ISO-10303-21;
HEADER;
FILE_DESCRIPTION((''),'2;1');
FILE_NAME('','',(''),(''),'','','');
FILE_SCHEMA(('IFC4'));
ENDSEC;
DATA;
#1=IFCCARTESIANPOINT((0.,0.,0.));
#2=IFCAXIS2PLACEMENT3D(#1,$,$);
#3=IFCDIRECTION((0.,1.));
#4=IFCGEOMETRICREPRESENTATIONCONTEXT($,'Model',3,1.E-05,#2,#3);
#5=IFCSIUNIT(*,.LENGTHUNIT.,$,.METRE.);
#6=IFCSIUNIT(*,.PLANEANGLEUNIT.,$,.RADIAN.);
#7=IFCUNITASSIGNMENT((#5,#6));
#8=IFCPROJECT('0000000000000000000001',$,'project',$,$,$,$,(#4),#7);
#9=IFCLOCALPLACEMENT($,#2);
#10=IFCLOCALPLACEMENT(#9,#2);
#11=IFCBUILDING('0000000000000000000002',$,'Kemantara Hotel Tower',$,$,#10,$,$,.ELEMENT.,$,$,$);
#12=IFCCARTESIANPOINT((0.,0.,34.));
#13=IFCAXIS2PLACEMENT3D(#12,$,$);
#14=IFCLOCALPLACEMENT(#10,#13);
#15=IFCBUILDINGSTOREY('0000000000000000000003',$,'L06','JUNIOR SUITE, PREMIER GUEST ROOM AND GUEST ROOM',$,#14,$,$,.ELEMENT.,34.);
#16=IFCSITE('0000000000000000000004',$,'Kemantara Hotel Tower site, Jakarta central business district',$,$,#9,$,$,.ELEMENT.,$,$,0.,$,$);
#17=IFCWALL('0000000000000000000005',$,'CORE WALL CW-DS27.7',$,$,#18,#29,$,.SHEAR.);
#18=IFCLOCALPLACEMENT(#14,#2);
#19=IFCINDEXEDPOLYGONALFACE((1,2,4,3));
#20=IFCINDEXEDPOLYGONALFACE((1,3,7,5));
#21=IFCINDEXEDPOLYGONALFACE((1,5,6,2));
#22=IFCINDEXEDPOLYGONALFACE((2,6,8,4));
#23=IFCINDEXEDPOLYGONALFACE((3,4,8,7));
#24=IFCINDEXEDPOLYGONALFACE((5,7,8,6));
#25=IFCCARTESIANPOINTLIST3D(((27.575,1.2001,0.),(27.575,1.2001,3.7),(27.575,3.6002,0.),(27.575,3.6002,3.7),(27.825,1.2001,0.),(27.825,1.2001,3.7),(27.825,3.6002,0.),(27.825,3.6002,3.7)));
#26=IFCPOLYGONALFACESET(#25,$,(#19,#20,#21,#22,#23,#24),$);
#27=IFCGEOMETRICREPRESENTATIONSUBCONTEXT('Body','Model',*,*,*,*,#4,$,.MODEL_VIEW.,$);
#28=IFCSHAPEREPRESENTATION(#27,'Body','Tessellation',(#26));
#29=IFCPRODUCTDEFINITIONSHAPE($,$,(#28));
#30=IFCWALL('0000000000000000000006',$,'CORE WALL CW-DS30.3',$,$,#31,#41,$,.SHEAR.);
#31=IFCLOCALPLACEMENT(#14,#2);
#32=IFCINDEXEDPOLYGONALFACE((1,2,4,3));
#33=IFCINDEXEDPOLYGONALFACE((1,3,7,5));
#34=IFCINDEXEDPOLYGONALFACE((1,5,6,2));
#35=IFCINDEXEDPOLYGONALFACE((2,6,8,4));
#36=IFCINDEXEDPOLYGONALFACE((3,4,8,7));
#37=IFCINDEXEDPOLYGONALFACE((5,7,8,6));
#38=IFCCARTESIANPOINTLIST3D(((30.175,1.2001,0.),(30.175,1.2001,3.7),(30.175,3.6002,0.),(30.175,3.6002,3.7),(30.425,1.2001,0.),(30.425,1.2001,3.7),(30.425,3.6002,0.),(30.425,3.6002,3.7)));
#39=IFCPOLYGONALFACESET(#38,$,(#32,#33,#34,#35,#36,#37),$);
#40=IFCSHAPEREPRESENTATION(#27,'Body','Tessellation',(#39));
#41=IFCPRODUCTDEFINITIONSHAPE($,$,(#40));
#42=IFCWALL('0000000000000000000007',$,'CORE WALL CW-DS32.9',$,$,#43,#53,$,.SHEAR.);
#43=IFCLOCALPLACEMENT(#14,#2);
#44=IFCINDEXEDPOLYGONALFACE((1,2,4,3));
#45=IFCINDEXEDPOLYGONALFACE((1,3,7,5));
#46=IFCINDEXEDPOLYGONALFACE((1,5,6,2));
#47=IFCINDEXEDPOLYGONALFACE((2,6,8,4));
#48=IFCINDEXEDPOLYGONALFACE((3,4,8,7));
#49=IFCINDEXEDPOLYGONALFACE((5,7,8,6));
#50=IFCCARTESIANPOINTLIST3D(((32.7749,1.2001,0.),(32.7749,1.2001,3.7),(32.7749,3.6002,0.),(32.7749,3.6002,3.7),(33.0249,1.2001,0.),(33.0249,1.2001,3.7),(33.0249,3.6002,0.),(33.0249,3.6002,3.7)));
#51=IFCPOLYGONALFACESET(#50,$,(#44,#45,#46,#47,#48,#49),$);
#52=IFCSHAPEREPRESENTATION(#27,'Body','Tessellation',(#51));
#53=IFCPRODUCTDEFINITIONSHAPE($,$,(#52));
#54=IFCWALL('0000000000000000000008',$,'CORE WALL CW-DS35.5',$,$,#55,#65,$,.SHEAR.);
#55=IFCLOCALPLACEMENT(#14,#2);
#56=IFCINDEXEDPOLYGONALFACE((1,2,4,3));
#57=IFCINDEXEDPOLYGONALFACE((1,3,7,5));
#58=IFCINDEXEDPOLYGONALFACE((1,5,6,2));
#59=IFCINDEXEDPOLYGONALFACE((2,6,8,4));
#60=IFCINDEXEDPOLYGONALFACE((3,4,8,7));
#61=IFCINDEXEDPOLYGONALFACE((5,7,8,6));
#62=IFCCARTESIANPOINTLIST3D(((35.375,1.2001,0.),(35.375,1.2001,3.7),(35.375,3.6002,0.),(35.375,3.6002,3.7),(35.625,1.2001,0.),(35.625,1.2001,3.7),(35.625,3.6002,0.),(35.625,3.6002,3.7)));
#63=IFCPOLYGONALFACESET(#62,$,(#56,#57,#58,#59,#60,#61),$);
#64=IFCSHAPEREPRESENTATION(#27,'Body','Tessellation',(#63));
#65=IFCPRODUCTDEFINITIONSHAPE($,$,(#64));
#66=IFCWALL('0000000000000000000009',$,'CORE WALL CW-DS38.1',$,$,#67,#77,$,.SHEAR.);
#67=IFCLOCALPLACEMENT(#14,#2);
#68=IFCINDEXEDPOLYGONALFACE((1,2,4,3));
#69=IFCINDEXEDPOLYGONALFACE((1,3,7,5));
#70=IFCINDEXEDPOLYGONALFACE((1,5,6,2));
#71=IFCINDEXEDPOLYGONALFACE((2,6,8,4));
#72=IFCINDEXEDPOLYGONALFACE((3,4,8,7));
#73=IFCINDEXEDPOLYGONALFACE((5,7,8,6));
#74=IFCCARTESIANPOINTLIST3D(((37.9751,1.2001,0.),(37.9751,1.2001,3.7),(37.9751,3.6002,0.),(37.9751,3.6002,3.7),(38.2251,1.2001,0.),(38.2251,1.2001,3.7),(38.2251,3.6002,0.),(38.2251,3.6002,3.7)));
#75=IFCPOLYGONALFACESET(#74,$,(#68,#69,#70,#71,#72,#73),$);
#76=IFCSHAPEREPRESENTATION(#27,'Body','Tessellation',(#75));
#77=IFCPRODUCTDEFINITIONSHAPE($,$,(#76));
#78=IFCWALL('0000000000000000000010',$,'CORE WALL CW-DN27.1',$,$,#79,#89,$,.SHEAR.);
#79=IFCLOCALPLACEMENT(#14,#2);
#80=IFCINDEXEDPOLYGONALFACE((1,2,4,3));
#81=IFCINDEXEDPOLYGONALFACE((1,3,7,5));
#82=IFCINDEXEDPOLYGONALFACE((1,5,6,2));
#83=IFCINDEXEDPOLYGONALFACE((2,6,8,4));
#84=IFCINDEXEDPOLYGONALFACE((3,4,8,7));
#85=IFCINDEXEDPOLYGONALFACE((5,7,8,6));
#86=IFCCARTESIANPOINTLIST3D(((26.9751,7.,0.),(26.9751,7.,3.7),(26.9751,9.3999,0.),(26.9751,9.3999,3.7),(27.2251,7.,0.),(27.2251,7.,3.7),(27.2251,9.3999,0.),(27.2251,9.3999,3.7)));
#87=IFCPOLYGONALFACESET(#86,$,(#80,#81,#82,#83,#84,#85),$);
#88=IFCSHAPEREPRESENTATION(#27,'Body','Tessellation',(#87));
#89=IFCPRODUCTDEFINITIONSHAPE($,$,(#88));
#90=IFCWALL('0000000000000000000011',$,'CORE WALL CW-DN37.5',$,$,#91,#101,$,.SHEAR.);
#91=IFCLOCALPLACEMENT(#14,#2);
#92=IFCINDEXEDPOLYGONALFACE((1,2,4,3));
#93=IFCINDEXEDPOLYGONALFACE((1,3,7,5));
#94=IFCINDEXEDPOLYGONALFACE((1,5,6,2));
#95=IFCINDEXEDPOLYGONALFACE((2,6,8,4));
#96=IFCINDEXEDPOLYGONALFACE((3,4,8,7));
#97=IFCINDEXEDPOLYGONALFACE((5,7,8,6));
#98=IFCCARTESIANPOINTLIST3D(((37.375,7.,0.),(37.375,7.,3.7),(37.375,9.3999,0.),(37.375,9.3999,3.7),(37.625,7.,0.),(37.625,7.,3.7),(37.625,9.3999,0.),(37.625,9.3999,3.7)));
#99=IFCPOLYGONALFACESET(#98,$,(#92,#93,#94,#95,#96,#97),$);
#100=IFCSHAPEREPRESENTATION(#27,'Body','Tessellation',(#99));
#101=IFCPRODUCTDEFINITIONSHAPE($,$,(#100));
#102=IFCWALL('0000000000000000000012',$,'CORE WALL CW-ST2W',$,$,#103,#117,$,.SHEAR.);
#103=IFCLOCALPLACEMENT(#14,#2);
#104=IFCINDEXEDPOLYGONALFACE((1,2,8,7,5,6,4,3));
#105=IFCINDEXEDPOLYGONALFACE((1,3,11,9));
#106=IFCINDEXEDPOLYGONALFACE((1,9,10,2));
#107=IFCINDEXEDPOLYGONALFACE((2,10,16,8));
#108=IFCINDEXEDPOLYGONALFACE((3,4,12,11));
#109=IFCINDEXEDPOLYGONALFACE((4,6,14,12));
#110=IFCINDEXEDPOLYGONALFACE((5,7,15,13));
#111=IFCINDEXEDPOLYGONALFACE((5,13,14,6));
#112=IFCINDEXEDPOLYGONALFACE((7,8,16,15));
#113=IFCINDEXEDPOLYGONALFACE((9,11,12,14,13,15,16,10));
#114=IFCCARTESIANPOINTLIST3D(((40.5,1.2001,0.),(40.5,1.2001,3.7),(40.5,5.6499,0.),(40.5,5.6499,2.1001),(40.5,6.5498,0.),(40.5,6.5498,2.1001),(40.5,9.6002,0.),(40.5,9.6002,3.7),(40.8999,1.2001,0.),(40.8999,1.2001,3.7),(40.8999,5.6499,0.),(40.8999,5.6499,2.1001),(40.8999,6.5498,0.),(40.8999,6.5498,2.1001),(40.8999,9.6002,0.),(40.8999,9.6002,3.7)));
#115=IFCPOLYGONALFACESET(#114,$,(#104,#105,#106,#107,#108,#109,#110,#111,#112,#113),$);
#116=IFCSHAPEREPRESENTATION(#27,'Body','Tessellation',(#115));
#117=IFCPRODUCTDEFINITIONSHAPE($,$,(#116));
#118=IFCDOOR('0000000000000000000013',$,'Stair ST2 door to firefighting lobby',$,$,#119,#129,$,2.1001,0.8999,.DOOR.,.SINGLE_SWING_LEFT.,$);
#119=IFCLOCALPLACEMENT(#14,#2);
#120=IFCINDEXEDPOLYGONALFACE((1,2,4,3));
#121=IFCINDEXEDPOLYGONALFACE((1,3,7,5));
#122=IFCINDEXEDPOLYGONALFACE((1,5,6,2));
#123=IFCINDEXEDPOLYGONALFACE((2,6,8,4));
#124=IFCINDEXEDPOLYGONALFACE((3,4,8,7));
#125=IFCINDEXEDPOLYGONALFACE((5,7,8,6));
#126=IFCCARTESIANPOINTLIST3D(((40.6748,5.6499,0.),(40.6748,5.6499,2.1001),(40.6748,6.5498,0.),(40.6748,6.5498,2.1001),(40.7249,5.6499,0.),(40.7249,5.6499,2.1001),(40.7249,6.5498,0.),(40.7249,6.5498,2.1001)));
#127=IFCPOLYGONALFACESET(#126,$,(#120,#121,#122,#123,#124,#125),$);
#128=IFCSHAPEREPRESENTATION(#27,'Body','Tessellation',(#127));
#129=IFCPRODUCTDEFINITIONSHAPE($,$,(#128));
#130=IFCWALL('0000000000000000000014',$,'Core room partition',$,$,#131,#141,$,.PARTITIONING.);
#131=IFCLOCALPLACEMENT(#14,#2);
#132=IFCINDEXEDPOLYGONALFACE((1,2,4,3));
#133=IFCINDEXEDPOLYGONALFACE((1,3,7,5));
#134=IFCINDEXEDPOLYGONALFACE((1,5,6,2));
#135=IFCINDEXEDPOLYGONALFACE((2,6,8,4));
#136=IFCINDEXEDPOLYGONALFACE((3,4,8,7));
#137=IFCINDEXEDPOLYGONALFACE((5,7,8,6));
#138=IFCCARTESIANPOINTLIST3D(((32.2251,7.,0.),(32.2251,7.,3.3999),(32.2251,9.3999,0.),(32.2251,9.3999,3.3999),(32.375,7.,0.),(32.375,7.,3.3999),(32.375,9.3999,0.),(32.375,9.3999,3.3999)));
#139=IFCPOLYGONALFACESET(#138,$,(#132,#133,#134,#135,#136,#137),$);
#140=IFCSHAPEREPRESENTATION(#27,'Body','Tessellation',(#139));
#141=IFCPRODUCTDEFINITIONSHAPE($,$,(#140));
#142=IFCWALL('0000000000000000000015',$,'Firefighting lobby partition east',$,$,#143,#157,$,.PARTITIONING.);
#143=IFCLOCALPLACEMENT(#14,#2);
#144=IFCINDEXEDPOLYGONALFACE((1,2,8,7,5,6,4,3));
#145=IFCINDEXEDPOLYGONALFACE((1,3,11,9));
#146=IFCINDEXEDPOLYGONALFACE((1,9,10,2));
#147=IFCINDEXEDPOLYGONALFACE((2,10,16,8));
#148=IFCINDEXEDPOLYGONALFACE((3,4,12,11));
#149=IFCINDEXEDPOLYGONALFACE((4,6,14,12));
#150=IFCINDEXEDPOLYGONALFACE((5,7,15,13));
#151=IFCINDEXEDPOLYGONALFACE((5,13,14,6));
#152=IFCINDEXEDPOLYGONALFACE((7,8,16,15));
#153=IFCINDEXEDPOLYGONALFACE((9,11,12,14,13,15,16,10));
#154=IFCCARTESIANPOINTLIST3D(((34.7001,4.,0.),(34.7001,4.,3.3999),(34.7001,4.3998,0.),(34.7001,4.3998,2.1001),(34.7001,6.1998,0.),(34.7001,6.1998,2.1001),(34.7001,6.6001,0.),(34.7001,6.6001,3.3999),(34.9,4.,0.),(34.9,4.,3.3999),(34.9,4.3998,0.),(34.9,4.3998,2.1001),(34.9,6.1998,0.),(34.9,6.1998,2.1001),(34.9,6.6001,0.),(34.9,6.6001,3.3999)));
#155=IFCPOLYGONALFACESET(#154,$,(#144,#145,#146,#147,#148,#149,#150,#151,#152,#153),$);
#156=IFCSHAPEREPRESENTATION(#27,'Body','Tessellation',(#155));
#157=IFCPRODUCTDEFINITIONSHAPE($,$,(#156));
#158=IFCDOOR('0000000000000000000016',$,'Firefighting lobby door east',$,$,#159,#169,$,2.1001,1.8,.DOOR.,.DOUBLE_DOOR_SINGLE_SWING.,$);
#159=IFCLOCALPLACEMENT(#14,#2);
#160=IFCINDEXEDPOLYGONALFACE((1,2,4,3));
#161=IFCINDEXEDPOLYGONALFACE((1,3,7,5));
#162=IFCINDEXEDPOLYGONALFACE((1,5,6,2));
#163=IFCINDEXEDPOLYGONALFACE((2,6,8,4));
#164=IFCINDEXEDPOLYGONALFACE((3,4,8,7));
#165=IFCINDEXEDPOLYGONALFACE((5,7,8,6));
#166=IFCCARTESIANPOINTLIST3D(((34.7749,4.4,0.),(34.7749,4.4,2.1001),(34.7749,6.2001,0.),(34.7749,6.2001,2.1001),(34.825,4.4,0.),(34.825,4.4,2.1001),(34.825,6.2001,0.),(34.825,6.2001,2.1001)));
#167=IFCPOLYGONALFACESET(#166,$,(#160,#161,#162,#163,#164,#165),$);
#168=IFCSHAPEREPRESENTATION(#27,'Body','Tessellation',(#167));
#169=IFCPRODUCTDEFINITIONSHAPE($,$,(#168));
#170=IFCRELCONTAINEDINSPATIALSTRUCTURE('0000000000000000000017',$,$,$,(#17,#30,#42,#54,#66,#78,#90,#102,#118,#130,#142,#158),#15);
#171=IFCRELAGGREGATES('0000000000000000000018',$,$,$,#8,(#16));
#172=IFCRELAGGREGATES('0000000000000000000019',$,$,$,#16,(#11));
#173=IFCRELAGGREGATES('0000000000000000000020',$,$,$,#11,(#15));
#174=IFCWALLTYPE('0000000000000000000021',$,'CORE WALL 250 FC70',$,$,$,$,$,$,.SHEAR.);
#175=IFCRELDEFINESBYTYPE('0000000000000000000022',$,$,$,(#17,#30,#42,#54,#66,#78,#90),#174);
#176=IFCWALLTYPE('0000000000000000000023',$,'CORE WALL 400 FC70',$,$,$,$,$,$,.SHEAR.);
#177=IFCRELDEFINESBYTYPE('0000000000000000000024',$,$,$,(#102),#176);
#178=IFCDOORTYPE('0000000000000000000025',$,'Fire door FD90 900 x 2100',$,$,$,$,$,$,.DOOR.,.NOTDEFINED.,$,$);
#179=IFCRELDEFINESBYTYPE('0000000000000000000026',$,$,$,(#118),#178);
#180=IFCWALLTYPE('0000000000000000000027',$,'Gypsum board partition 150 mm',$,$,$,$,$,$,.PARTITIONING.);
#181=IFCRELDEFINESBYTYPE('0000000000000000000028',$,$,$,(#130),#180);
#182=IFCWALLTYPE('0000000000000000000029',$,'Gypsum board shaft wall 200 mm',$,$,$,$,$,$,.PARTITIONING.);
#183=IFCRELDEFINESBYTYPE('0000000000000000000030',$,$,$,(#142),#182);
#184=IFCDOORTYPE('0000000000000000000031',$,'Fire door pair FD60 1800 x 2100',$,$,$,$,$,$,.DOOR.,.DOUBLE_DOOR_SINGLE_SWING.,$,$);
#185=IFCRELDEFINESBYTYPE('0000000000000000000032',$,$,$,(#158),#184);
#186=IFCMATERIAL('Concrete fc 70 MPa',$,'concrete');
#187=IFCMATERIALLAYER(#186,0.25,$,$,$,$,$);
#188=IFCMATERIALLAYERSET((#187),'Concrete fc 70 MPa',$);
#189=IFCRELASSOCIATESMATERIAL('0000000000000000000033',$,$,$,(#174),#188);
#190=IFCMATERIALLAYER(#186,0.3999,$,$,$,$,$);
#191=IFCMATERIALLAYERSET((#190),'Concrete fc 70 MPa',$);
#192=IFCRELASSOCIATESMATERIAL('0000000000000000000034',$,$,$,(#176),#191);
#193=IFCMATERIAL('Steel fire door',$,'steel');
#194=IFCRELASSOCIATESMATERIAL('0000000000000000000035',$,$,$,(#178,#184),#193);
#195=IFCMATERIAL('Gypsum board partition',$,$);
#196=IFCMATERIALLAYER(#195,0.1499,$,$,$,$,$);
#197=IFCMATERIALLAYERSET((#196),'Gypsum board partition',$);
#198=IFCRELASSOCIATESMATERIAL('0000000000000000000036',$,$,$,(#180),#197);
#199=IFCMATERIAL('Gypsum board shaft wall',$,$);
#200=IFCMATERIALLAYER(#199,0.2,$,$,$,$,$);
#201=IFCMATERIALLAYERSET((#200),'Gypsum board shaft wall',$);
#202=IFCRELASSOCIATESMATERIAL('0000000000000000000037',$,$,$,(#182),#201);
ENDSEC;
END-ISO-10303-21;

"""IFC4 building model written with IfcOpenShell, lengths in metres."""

from ifc_helpers import new_model, si_unit, direction, frame, frame_2d, origin, place, context, subcontext, project, spatial, rectangle, extrude, material, layer, layer_set, type_object, element, fill, save


model = new_model("IFC4")

# Units and contexts
model_context = context("Model", 3, precision=1e-05, world=origin(), true_north=direction((0.0, 1.0)))
body_context = subcontext(model_context, "Body", "Model", "MODEL_VIEW")
ifc_project = project(units=[si_unit("LENGTHUNIT", "METRE"), si_unit("PLANEANGLEUNIT", "RADIAN")], contexts=[model_context])

# Site, building, storey
site_placement = place(None, origin())
site = spatial("IfcSite", under=ifc_project, at=site_placement, Name="Kemantara Hotel Tower site, Jakarta central business district", CompositionType="ELEMENT", RefElevation=0.0)
building_placement = place(site_placement, origin())
building = spatial("IfcBuilding", under=site, at=building_placement, Name="Kemantara Hotel Tower", CompositionType="ELEMENT")
storey_placement = place(building_placement, frame((0.0, 0.0, 34.0)))
storey = spatial("IfcBuildingStorey", under=building, at=storey_placement, Name="L06", Description="JUNIOR SUITE, PREMIER GUEST ROOM AND GUEST ROOM", CompositionType="ELEMENT", Elevation=34.0)

# Walls
ifc_material_1 = material(Name="Concrete fc 70 MPa", Category="concrete")
ifc_layer_1 = layer(ifc_material_1, 0.25)
ifc_layer_set_1 = layer_set([ifc_layer_1], Name="Concrete fc 70 MPa")
wall_type_1 = type_object("IfcWallType", Name="CORE WALL 250 FC70", PredefinedType="SHEAR", material=ifc_layer_set_1)
for number, where, z_axis, x_axis, name in (
    (1, (27.7, 1.2, 0.0), (0.0, 0.0, 1.0), (0.0, 1.0, 0.0), "CORE WALL CW-DS27.7"),
    (2, (30.3, 1.2, 0.0), (0.0, 0.0, 1.0), (0.0, 1.0, 0.0), "CORE WALL CW-DS30.3"),
    (3, (32.8999, 1.2, 0.0), (0.0, 0.0, 1.0), (0.0, 1.0, 0.0), "CORE WALL CW-DS32.9"),
    (4, (35.5, 1.2, 0.0), (0.0, 0.0, 1.0), (0.0, 1.0, 0.0), "CORE WALL CW-DS35.5"),
    (5, (38.1001, 1.2, 0.0), (0.0, 0.0, 1.0), (0.0, 1.0, 0.0), "CORE WALL CW-DS38.1"),
):
    element("IfcWall", number, at=place(storey_placement, frame(where, z_axis=z_axis, x_axis=x_axis)), inside=storey, type_object=wall_type_1, Name=name, PredefinedType="SHEAR", context=body_context, shape_type="SweptSolid", body=[
        extrude(rectangle(XDim=2.4001, YDim=0.25, at=frame_2d((1.2002, 0.0))), origin(), (0.0, 0.0, 1.0), 3.7),
    ])
for number, where, z_axis, x_axis, name in (
    (6, (27.1001, 7.0, 0.0), (0.0, 0.0, 1.0), (0.0, 1.0, 0.0), "CORE WALL CW-DN27.1"),
    (7, (37.5, 7.0, 0.0), (0.0, 0.0, 1.0), (0.0, 1.0, 0.0), "CORE WALL CW-DN37.5"),
):
    element("IfcWall", number, at=place(storey_placement, frame(where, z_axis=z_axis, x_axis=x_axis)), inside=storey, type_object=wall_type_1, Name=name, PredefinedType="SHEAR", context=body_context, shape_type="SweptSolid", body=[
        extrude(rectangle(XDim=2.3999, YDim=0.25, at=frame_2d((1.2, 0.0))), origin(), (0.0, 0.0, 1.0), 3.7),
    ])

# Wall, opening, door
ifc_layer_2 = layer(ifc_material_1, 0.3999)
ifc_layer_set_2 = layer_set([ifc_layer_2], Name="Concrete fc 70 MPa")
wall_type_2 = type_object("IfcWallType", Name="CORE WALL 400 FC70", PredefinedType="SHEAR", material=ifc_layer_set_2)
wall_1_placement = place(storey_placement, frame((40.7, 1.2, 0.0), z_axis=(0.0, 0.0, 1.0), x_axis=(0.0, 1.0, 0.0)))
wall_1 = element("IfcWall", 8, at=wall_1_placement, inside=storey, type_object=wall_type_2, Name="CORE WALL CW-ST2W", PredefinedType="SHEAR", context=body_context, shape_type="SweptSolid", body=[
    extrude(rectangle(XDim=8.4001, YDim=0.3999, at=frame_2d((4.2002, 0.0))), origin(), (0.0, 0.0, 1.0), 3.7),
])
opening_1_placement = place(wall_1_placement, frame((4.45, 0.0, 0.0)))
opening_1 = element("IfcOpeningElement", 9, at=opening_1_placement, cuts=wall_1, PredefinedType="OPENING", context=body_context, shape_type="SweptSolid", body=[
    extrude(rectangle(XDim=0.8999, YDim=2.1001, at=frame_2d((0.45, 1.05))), frame((0.0, 0.21, 0.0), z_axis=(0.0, -1.0, 0.0), x_axis=(1.0, 0.0, 0.0)), (0.0, 0.0, 1.0), 0.4199),
])
ifc_material_2 = material(Name="Steel fire door", Category="steel")
door_type_1 = type_object("IfcDoorType", Name="Fire door FD90 900 x 2100", OperationType="NOTDEFINED", PredefinedType="DOOR", material=ifc_material_2)
door_1_placement = place(opening_1_placement, frame((0.8999, 0.0, 0.0), z_axis=(0.0, 0.0, 1.0), x_axis=(-1.0, 0.0, 0.0)))
door_1 = element("IfcDoor", 10, at=door_1_placement, inside=storey, type_object=door_type_1, Name="Stair ST2 door to firefighting lobby", OperationType="SINGLE_SWING_LEFT", OverallHeight=2.1001, OverallWidth=0.8999, PredefinedType="DOOR", context=body_context, shape_type="SweptSolid", body=[
    extrude(rectangle(XDim=0.8999, YDim=2.1001, at=frame_2d((0.45, 1.05))), frame((0.0, 0.0249, 0.0), z_axis=(0.0, -1.0, 0.0), x_axis=(1.0, 0.0, 0.0)), (0.0, 0.0, 1.0), 0.05),
])
fill(opening_1, door_1)

# Wall
ifc_material_3 = material(Name="Gypsum board partition")
ifc_layer_3 = layer(ifc_material_3, 0.1499)
ifc_layer_set_3 = layer_set([ifc_layer_3], Name="Gypsum board partition")
wall_type_3 = type_object("IfcWallType", Name="Gypsum board partition 150 mm", PredefinedType="PARTITIONING", material=ifc_layer_set_3)
wall_2_placement = place(storey_placement, frame((32.3, 7.0, 0.0), z_axis=(0.0, 0.0, 1.0), x_axis=(0.0, 1.0, 0.0)))
element("IfcWall", 11, at=wall_2_placement, inside=storey, type_object=wall_type_3, Name="Core room partition", PredefinedType="PARTITIONING", context=body_context, shape_type="SweptSolid", body=[
    extrude(rectangle(XDim=2.3999, YDim=0.1499, at=frame_2d((1.2, 0.0))), origin(), (0.0, 0.0, 1.0), 3.3999),
])

# Wall, opening, door
ifc_material_4 = material(Name="Gypsum board shaft wall")
ifc_layer_4 = layer(ifc_material_4, 0.2)
ifc_layer_set_4 = layer_set([ifc_layer_4], Name="Gypsum board shaft wall")
wall_type_4 = type_object("IfcWallType", Name="Gypsum board shaft wall 200 mm", PredefinedType="PARTITIONING", material=ifc_layer_set_4)
wall_3_placement = place(storey_placement, frame((34.8, 4.0, 0.0), z_axis=(0.0, 0.0, 1.0), x_axis=(0.0, 1.0, 0.0)))
wall_3 = element("IfcWall", 12, at=wall_3_placement, inside=storey, type_object=wall_type_4, Name="Firefighting lobby partition east", PredefinedType="PARTITIONING", context=body_context, shape_type="SweptSolid", body=[
    extrude(rectangle(XDim=2.6001, YDim=0.2, at=frame_2d((1.3, 0.0))), origin(), (0.0, 0.0, 1.0), 3.3999),
])
opening_2_placement = place(wall_3_placement, frame((0.3999, 0.0, 0.0)))
opening_2 = element("IfcOpeningElement", 13, at=opening_2_placement, cuts=wall_3, PredefinedType="OPENING", context=body_context, shape_type="SweptSolid", body=[
    extrude(rectangle(XDim=1.8, YDim=2.1001, at=frame_2d((0.8999, 1.05))), frame((0.0, 0.1099, 0.0), z_axis=(0.0, -1.0, 0.0), x_axis=(1.0, 0.0, 0.0)), (0.0, 0.0, 1.0), 0.22),
])
door_type_2 = type_object("IfcDoorType", Name="Fire door pair FD60 1800 x 2100", OperationType="DOUBLE_DOOR_SINGLE_SWING", PredefinedType="DOOR", material=ifc_material_2)
door_2_placement = place(opening_2_placement, frame((1.8, 0.0, 0.0), z_axis=(0.0, 0.0, 1.0), x_axis=(-1.0, 0.0, 0.0)))
door_2 = element("IfcDoor", 14, at=door_2_placement, inside=storey, type_object=door_type_2, Name="Firefighting lobby door east", OperationType="DOUBLE_DOOR_SINGLE_SWING", OverallHeight=2.1001, OverallWidth=1.8, PredefinedType="DOOR", context=body_context, shape_type="SweptSolid", body=[
    extrude(rectangle(XDim=1.8, YDim=2.1001, at=frame_2d((0.8999, 1.05))), frame((0.0, 0.0249, 0.0), z_axis=(0.0, -1.0, 0.0), x_axis=(1.0, 0.0, 0.0)), (0.0, 0.0, 1.0), 0.05),
])
fill(opening_2, door_2)

save(model, "model.ifc")
